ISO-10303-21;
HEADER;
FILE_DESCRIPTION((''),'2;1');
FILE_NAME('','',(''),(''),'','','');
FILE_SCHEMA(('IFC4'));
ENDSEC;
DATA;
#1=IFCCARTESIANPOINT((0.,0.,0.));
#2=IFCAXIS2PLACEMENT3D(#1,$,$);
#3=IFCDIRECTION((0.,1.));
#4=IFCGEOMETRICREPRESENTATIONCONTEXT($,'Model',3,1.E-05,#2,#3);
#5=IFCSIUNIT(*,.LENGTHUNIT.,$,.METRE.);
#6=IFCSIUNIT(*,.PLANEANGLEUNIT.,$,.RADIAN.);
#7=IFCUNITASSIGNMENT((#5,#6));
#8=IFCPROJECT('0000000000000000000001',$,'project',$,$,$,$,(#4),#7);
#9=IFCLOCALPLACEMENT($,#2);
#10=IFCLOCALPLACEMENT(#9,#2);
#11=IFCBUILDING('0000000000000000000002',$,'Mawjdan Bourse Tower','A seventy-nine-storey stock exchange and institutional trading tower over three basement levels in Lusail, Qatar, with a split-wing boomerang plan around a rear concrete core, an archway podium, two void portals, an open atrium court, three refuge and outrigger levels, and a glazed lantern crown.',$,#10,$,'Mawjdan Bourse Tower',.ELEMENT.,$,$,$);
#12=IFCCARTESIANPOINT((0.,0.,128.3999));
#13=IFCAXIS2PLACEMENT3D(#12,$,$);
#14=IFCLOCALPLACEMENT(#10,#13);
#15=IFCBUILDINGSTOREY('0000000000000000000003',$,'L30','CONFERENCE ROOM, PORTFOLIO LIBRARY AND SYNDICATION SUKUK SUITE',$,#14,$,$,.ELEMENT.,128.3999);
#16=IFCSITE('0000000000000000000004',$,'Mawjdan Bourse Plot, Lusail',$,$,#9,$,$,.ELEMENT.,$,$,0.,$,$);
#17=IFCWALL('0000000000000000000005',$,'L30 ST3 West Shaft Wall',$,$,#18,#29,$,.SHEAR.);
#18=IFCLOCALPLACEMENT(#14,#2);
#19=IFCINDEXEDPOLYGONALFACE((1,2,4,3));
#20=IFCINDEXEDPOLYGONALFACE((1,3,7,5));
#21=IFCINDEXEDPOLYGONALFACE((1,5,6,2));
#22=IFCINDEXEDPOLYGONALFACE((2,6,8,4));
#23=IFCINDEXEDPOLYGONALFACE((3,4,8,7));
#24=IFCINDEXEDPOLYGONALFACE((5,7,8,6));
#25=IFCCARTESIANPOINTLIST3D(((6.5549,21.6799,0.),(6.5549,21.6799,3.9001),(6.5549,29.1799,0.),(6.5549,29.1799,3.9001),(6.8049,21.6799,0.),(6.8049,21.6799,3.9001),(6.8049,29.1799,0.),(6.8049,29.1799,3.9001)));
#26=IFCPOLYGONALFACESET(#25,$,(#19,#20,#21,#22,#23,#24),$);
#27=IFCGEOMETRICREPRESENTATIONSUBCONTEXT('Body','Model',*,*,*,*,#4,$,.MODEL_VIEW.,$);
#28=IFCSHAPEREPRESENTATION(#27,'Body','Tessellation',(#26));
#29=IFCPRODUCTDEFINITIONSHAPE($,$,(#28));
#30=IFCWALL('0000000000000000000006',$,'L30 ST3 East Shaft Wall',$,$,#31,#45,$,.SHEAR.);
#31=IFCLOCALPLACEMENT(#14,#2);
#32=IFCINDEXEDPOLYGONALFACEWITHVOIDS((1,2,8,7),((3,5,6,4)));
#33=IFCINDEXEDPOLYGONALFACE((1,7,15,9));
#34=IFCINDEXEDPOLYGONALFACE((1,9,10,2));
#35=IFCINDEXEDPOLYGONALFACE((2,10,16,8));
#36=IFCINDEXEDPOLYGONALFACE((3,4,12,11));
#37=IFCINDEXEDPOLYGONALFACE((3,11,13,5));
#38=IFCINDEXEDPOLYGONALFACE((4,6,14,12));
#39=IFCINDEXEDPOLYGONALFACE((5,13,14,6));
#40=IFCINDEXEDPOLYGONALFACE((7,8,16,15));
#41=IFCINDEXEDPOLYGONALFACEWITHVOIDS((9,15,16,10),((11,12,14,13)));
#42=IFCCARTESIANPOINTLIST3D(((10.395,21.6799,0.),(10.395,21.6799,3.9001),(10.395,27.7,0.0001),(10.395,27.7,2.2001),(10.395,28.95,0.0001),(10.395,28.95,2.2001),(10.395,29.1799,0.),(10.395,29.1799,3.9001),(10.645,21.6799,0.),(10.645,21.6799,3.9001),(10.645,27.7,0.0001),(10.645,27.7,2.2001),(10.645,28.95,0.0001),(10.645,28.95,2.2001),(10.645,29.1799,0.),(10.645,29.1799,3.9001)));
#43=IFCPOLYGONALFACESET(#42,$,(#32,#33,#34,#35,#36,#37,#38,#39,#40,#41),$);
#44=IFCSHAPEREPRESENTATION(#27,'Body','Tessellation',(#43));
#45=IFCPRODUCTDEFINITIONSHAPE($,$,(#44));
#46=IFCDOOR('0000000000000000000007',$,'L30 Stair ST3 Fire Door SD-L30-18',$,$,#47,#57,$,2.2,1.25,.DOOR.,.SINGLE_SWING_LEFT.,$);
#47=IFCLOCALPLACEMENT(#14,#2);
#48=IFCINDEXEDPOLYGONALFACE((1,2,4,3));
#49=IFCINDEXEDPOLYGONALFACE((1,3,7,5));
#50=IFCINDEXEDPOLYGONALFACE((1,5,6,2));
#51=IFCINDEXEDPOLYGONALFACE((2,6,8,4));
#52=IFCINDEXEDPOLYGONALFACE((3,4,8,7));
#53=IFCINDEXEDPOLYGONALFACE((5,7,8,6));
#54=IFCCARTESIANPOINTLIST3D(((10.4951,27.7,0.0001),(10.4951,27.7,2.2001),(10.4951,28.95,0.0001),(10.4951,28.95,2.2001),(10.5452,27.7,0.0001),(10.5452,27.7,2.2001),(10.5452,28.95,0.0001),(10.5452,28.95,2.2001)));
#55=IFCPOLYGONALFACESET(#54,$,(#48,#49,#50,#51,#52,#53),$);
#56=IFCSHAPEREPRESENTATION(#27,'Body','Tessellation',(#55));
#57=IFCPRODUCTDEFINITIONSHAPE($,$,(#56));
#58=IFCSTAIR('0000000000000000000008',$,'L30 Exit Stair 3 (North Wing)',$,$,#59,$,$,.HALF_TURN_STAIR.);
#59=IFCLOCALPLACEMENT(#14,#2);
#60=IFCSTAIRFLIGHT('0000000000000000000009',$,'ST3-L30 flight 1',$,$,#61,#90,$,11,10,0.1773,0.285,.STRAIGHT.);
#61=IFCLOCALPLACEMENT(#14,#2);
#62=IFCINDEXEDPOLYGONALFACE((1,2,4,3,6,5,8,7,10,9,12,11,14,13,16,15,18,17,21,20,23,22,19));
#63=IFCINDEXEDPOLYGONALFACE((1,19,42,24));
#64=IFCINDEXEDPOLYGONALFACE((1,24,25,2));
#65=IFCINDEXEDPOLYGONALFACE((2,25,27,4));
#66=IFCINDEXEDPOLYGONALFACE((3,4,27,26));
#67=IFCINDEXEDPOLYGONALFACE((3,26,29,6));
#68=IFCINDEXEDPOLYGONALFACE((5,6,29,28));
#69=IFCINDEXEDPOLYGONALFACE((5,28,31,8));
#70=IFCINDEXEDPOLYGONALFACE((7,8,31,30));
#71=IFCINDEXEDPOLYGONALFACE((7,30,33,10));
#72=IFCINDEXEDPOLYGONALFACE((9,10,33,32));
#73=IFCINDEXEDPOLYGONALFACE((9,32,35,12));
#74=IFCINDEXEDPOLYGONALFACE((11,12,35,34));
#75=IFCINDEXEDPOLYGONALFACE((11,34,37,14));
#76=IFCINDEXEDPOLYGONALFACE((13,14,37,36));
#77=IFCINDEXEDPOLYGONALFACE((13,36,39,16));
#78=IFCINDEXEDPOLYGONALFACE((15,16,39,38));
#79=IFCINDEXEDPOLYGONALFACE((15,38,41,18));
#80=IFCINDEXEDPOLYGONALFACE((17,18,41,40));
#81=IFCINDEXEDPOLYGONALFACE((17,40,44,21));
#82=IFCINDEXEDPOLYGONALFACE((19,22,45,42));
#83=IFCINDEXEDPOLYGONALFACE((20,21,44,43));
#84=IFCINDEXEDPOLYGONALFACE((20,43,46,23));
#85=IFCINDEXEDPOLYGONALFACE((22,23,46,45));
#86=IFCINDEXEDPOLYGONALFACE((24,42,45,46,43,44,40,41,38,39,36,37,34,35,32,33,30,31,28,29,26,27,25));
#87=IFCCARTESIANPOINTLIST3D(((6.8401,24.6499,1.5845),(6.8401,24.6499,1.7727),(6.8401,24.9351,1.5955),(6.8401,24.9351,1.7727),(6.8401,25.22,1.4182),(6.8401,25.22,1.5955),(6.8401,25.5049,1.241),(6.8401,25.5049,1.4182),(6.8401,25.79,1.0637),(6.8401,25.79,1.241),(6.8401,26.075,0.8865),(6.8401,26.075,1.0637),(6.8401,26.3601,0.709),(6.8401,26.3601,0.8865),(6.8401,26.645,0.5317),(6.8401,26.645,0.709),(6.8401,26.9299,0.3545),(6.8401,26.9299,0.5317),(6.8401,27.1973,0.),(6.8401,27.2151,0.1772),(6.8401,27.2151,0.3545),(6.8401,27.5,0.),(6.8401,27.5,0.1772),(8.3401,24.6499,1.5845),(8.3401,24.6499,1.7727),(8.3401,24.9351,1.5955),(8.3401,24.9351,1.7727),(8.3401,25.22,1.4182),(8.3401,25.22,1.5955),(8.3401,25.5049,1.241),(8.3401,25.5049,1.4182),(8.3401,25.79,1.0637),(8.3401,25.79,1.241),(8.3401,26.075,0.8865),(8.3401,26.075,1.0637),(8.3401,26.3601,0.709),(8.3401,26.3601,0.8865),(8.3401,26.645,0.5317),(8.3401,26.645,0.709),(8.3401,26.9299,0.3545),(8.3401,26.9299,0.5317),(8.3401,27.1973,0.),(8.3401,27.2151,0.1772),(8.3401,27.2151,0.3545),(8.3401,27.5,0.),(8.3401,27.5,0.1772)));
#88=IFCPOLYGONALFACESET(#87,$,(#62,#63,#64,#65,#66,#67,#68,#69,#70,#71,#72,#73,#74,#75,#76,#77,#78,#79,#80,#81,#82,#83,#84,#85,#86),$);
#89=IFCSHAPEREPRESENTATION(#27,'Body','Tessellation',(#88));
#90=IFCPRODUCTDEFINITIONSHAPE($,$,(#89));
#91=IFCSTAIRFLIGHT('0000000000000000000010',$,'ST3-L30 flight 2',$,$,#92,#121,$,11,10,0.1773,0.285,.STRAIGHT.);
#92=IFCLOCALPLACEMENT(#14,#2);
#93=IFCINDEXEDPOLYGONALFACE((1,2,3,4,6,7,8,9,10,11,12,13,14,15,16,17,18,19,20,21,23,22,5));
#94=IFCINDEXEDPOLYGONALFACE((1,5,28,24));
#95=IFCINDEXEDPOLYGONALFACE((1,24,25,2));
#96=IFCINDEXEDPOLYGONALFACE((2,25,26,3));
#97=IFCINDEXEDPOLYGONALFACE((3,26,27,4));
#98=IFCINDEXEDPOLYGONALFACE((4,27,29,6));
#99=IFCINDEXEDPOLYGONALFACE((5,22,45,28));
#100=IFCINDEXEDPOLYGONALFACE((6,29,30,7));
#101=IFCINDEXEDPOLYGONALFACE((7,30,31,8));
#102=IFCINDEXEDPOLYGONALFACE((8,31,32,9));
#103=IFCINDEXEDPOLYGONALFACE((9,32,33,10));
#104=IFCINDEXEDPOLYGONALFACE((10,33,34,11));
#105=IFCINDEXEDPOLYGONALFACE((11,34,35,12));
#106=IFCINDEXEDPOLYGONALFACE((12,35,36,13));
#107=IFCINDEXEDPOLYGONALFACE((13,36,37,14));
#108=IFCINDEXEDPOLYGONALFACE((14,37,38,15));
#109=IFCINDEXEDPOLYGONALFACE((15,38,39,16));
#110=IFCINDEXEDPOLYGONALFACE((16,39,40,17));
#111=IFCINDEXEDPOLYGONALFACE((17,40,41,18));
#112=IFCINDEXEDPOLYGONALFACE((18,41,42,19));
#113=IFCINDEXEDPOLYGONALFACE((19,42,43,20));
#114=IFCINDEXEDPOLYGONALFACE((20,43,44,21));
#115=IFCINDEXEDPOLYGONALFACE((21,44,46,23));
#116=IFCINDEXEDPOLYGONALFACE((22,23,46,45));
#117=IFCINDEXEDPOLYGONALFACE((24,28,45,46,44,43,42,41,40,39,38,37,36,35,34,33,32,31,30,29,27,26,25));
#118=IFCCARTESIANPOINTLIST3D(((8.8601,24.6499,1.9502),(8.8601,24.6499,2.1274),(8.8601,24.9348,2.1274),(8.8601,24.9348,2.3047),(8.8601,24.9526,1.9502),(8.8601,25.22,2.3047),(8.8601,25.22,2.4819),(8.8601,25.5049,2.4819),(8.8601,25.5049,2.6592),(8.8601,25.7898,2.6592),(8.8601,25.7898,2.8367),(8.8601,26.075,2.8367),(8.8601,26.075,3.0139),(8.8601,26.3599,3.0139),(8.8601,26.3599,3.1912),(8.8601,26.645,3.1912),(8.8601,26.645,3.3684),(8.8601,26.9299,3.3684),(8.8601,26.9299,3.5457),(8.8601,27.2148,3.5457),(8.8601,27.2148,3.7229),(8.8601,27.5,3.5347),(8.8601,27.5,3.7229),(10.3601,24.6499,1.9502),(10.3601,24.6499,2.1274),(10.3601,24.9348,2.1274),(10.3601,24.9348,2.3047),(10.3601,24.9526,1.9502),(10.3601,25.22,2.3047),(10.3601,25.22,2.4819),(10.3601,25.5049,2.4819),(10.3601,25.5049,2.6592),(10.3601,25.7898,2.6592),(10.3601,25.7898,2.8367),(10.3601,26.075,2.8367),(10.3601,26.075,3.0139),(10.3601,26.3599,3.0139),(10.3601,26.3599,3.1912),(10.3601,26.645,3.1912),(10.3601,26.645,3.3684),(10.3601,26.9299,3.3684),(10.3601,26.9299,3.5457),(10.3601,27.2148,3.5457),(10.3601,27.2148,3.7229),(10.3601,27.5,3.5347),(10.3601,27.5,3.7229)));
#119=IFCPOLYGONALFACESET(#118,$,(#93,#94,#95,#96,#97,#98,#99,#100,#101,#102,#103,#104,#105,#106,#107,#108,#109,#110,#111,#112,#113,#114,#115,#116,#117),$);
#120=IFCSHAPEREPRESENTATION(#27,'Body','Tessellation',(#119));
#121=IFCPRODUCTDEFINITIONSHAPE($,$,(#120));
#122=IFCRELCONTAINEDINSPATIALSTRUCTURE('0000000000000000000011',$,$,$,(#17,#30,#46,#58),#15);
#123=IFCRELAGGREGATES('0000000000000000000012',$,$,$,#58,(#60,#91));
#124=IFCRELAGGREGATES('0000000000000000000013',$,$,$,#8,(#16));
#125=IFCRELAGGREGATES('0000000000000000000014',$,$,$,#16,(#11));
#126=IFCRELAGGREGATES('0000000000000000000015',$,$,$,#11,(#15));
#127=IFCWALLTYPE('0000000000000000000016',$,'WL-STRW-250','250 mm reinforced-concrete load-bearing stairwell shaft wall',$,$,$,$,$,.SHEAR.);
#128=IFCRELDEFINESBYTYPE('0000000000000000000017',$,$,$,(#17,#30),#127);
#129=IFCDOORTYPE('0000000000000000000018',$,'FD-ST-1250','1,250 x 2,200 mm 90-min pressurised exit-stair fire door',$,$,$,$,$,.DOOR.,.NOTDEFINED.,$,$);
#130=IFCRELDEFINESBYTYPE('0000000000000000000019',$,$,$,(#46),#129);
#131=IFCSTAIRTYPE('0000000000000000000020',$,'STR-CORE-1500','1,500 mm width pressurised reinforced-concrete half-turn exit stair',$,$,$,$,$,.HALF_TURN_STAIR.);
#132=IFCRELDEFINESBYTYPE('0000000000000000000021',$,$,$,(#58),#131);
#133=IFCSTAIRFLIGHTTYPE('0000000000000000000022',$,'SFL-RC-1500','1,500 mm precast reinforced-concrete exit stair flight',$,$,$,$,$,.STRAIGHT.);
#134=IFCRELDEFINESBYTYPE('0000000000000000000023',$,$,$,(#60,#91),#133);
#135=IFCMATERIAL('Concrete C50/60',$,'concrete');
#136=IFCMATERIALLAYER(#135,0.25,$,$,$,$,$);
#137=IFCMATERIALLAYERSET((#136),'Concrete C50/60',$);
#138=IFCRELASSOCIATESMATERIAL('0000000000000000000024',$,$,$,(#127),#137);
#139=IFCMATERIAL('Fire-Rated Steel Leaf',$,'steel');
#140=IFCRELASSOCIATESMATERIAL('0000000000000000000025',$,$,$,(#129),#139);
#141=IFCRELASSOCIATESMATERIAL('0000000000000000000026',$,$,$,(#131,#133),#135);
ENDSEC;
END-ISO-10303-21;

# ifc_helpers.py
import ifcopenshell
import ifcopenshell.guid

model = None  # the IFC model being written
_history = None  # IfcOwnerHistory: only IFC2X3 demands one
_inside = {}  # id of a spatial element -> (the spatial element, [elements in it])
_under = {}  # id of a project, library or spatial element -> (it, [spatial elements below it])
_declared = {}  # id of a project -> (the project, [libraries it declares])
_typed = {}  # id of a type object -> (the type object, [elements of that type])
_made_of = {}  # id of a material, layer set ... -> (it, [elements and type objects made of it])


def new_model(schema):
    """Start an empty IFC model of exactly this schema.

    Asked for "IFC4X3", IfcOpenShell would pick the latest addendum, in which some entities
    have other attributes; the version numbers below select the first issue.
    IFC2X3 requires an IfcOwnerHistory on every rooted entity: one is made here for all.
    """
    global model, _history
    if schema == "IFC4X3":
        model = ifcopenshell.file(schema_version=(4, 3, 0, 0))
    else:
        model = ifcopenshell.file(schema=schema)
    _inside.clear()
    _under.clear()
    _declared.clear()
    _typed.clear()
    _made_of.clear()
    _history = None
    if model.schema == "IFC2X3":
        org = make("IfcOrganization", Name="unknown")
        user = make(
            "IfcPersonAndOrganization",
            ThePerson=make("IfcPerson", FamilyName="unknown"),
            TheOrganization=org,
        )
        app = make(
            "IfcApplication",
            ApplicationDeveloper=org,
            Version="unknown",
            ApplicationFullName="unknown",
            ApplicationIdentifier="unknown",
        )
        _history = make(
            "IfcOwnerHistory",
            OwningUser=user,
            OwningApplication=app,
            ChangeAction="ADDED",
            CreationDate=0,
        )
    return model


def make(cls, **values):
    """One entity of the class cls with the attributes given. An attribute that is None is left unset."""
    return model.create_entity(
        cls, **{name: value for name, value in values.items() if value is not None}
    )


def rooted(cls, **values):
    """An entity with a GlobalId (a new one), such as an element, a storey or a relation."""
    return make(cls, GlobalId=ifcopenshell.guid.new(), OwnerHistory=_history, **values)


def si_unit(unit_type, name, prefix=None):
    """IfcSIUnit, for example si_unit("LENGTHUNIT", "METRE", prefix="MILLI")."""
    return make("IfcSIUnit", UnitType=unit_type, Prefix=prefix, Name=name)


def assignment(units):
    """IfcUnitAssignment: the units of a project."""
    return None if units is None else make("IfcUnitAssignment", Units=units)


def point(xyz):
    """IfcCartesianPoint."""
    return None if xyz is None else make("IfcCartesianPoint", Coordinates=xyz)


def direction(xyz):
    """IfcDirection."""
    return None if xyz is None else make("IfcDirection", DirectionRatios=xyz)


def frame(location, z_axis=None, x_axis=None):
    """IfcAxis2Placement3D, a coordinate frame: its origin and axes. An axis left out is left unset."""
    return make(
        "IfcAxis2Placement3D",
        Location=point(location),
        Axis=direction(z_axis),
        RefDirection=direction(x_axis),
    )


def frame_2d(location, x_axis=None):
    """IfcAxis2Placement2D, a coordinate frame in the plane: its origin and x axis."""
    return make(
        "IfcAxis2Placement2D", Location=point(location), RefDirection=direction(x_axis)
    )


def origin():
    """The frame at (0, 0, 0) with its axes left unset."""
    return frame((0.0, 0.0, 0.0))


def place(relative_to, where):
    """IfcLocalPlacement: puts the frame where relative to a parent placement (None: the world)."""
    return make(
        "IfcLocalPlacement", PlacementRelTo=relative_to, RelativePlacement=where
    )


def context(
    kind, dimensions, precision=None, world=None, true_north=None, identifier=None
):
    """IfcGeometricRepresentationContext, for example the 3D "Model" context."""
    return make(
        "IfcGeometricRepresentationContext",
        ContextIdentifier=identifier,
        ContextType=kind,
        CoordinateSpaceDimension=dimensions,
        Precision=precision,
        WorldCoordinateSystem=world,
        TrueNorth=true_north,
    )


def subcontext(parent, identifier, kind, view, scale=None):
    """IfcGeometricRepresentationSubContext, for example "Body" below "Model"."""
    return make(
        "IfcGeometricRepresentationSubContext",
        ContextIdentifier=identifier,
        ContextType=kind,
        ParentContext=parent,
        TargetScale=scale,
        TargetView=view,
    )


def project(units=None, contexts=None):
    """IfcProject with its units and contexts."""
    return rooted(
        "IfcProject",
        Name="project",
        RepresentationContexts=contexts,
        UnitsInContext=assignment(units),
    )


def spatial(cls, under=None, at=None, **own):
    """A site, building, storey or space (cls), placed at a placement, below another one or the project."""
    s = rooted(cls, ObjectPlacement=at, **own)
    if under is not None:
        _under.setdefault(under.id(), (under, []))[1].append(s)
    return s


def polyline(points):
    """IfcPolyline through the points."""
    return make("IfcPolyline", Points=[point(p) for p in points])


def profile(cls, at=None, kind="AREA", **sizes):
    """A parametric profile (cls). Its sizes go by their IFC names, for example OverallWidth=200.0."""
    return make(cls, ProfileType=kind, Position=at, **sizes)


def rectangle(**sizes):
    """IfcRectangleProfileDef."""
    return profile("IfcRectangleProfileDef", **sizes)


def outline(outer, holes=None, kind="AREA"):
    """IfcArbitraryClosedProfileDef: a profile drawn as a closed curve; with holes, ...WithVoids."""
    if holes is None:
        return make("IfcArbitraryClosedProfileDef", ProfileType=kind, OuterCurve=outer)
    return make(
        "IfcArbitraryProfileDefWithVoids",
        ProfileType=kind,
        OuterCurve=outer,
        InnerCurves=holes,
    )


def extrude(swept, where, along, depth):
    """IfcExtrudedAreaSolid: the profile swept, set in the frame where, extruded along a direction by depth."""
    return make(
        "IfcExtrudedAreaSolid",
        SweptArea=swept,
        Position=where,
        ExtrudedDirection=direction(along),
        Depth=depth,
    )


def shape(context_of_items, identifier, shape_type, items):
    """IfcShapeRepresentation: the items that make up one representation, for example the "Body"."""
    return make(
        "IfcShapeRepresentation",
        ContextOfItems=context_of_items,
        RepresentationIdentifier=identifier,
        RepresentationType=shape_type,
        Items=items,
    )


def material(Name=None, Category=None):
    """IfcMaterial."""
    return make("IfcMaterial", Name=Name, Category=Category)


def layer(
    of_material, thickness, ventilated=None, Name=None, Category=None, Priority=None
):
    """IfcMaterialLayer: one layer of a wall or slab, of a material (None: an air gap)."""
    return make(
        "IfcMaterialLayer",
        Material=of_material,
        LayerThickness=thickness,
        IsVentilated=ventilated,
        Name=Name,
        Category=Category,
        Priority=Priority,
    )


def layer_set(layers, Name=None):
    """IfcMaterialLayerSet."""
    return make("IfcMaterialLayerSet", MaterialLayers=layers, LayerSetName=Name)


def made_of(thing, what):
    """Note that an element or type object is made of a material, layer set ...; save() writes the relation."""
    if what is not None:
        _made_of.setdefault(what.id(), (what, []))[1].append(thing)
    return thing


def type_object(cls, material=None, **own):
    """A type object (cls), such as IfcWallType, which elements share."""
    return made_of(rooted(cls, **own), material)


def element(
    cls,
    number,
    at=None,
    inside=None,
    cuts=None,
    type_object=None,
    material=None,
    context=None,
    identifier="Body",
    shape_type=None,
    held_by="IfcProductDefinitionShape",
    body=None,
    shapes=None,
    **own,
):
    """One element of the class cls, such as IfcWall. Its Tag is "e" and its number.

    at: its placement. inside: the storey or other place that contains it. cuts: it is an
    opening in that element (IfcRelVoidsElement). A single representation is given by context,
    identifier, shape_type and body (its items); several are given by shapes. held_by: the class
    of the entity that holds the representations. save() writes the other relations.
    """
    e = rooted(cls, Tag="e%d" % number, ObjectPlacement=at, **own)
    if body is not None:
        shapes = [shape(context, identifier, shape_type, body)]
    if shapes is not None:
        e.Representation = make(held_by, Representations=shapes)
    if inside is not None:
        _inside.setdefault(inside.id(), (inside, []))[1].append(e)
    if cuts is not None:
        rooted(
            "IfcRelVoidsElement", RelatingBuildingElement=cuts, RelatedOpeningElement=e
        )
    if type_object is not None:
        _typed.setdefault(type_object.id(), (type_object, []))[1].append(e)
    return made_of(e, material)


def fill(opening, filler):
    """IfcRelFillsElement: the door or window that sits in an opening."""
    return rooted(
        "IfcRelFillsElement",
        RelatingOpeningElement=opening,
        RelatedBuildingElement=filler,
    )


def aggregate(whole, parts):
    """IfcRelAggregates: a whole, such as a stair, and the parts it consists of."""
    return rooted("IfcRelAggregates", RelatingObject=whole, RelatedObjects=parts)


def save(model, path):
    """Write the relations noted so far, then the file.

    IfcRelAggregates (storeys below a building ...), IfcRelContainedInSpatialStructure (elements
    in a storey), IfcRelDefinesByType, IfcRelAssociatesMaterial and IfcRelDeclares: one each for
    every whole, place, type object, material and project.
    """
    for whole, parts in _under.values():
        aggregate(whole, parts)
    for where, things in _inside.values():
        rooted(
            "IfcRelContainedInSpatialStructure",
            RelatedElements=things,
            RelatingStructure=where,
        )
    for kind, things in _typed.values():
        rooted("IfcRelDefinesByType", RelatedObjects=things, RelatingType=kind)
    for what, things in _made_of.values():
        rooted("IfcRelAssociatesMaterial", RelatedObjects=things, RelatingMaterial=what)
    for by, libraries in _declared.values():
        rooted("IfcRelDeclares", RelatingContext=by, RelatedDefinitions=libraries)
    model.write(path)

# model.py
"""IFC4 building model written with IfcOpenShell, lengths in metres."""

from ifc_helpers import new_model, si_unit, direction, frame, frame_2d, origin, place, context, subcontext, project, spatial, polyline, rectangle, outline, extrude, material, layer, layer_set, type_object, element, fill, aggregate, save


model = new_model("IFC4")

# Units and contexts
model_context = context("Model", 3, precision=1e-05, world=origin(), true_north=direction((0.0, 1.0)))
body_context = subcontext(model_context, "Body", "Model", "MODEL_VIEW")
ifc_project = project(units=[si_unit("LENGTHUNIT", "METRE"), si_unit("PLANEANGLEUNIT", "RADIAN")], contexts=[model_context])

# Site, building, storey
site_placement = place(None, origin())
site = spatial("IfcSite", under=ifc_project, at=site_placement, Name="Mawjdan Bourse Plot, Lusail", CompositionType="ELEMENT", RefElevation=0.0)
building_placement = place(site_placement, origin())
building = spatial("IfcBuilding", under=site, at=building_placement, Name="Mawjdan Bourse Tower", Description="A seventy-nine-storey stock exchange and institutional trading tower over three basement levels in Lusail, Qatar, with a split-wing boomerang plan around a rear concrete core, an archway podium, two void portals, an open atrium court, three refuge and outrigger levels, and a glazed lantern crown.", LongName="Mawjdan Bourse Tower", CompositionType="ELEMENT")
storey_placement = place(building_placement, frame((0.0, 0.0, 128.3999)))
storey = spatial("IfcBuildingStorey", under=building, at=storey_placement, Name="L30", Description="CONFERENCE ROOM, PORTFOLIO LIBRARY AND SYNDICATION SUKUK SUITE", CompositionType="ELEMENT", Elevation=128.3999)

# Wall
ifc_material_1 = material(Name="Concrete C50/60", Category="concrete")
ifc_layer_1 = layer(ifc_material_1, 0.25)
ifc_layer_set_1 = layer_set([ifc_layer_1], Name="Concrete C50/60")
wall_type_1 = type_object("IfcWallType", Name="WL-STRW-250", Description="250 mm reinforced-concrete load-bearing stairwell shaft wall", PredefinedType="SHEAR", material=ifc_layer_set_1)
wall_1_placement = place(storey_placement, frame((6.6799, 21.6799, 0.0), z_axis=(0.0, 0.0, 1.0), x_axis=(0.0, 1.0, 0.0)))
element("IfcWall", 1, at=wall_1_placement, inside=storey, type_object=wall_type_1, Name="L30 ST3 West Shaft Wall", PredefinedType="SHEAR", context=body_context, shape_type="SweptSolid", body=[
    extrude(rectangle(XDim=7.5, YDim=0.25, at=frame_2d((3.75, 0.0))), origin(), (0.0, 0.0, 1.0), 3.9001),
])

# Wall, opening, door
wall_2_placement = place(storey_placement, frame((10.52, 21.6799, 0.0), z_axis=(0.0, 0.0, 1.0), x_axis=(0.0, 1.0, 0.0)))
wall_2 = element("IfcWall", 2, at=wall_2_placement, inside=storey, type_object=wall_type_1, Name="L30 ST3 East Shaft Wall", PredefinedType="SHEAR", context=body_context, shape_type="SweptSolid", body=[
    extrude(rectangle(XDim=7.5, YDim=0.25, at=frame_2d((3.75, 0.0))), origin(), (0.0, 0.0, 1.0), 3.9001),
])
opening_1_placement = place(wall_2_placement, frame((6.02, 0.0, 0.0)))
opening_1 = element("IfcOpeningElement", 3, at=opening_1_placement, cuts=wall_2, PredefinedType="OPENING", context=body_context, shape_type="SweptSolid", body=[
    extrude(rectangle(XDim=1.25, YDim=2.2, at=frame_2d((0.625, 1.1001))), frame((0.0, 0.135, 0.0), z_axis=(0.0, -1.0, 0.0), x_axis=(1.0, 0.0, 0.0)), (0.0, 0.0, 1.0), 0.27),
])
ifc_material_2 = material(Name="Fire-Rated Steel Leaf", Category="steel")
door_type_1 = type_object("IfcDoorType", Name="FD-ST-1250", Description="1,250 x 2,200 mm 90-min pressurised exit-stair fire door", OperationType="NOTDEFINED", PredefinedType="DOOR", material=ifc_material_2)
door_1_placement = place(opening_1_placement, origin())
door_1 = element("IfcDoor", 4, at=door_1_placement, inside=storey, type_object=door_type_1, Name="L30 Stair ST3 Fire Door SD-L30-18", OperationType="SINGLE_SWING_LEFT", OverallHeight=2.2, OverallWidth=1.25, PredefinedType="DOOR", context=body_context, shape_type="SweptSolid", body=[
    extrude(rectangle(XDim=1.25, YDim=2.2, at=frame_2d((0.625, 1.1001))), frame((0.0, 0.0249, 0.0), z_axis=(0.0, -1.0, 0.0), x_axis=(1.0, 0.0, 0.0)), (0.0, 0.0, 1.0), 0.05),
])
fill(opening_1, door_1)

# Stair, stair flights
stair_type = type_object("IfcStairType", Name="STR-CORE-1500", Description="1,500 mm width pressurised reinforced-concrete half-turn exit stair", PredefinedType="HALF_TURN_STAIR", material=ifc_material_1)
stair_placement = place(storey_placement, origin())
stair = element("IfcStair", 5, at=stair_placement, inside=storey, type_object=stair_type, Name="L30 Exit Stair 3 (North Wing)", PredefinedType="HALF_TURN_STAIR")
stair_flight_type = type_object("IfcStairFlightType", Name="SFL-RC-1500", Description="1,500 mm precast reinforced-concrete exit stair flight", PredefinedType="STRAIGHT", material=ifc_material_1)
stair_flight_1_placement = place(storey_placement, frame((7.5901, 27.5, 0.0), z_axis=(0.0, 0.0, 1.0), x_axis=(0.0, -1.0, 0.0)))
stair_flight_1 = element("IfcStairFlight", 6, at=stair_flight_1_placement, type_object=stair_flight_type, Name="ST3-L30 flight 1", NumberOfRisers=11, NumberOfTreads=10, PredefinedType="STRAIGHT", RiserHeight=0.1773, TreadLength=0.285, context=body_context, shape_type="SweptSolid", body=[
    extrude(outline(polyline([(0.0, 0.0), (0.0, 0.1772), (0.2849, 0.1772), (0.2849, 0.3545), (0.5701, 0.3545), (0.5701, 0.5317), (0.855, 0.5317), (0.855, 0.709), (1.1399, 0.709), (1.1399, 0.8865), (1.425, 0.8865), (1.425, 1.0637), (1.71, 1.0637), (1.71, 1.241), (1.9951, 1.241), (1.9951, 1.4182), (2.28, 1.4182), (2.28, 1.5955), (2.5649, 1.5955), (2.5649, 1.7727), (2.8501, 1.7727), (2.8501, 1.95), (2.8501, 1.5845), (0.3027, 0.0), (0.0, 0.0)])), frame((0.0, 0.75, 0.0), z_axis=(0.0, -1.0, 0.0), x_axis=(1.0, 0.0, 0.0)), (0.0, 0.0, 1.0), 1.5),
])
stair_flight_2_placement = place(storey_placement, frame((9.6101, 24.6499, 1.9502), z_axis=(0.0, 0.0, 1.0), x_axis=(0.0, 1.0, 0.0)))
stair_flight_2 = element("IfcStairFlight", 7, at=stair_flight_2_placement, type_object=stair_flight_type, Name="ST3-L30 flight 2", NumberOfRisers=11, NumberOfTreads=10, PredefinedType="STRAIGHT", RiserHeight=0.1773, TreadLength=0.285, context=body_context, shape_type="SweptSolid", body=[
    extrude(outline(polyline([(0.0, 0.0), (0.0, 0.1772), (0.2849, 0.1772), (0.2849, 0.3545), (0.5701, 0.3545), (0.5701, 0.5317), (0.855, 0.5317), (0.855, 0.709), (1.1399, 0.709), (1.1399, 0.8865), (1.425, 0.8865), (1.425, 1.0637), (1.71, 1.0637), (1.71, 1.241), (1.9951, 1.241), (1.9951, 1.4182), (2.28, 1.4182), (2.28, 1.5955), (2.5649, 1.5955), (2.5649, 1.7727), (2.8501, 1.7727), (2.8501, 1.95), (2.8501, 1.5845), (0.3027, 0.0), (0.0, 0.0)])), frame((0.0, 0.75, 0.0), z_axis=(0.0, -1.0, 0.0), x_axis=(1.0, 0.0, 0.0)), (0.0, 0.0, 1.0), 1.5),
])
aggregate(stair, [stair_flight_1, stair_flight_2])

save(model, "model.ifc")
